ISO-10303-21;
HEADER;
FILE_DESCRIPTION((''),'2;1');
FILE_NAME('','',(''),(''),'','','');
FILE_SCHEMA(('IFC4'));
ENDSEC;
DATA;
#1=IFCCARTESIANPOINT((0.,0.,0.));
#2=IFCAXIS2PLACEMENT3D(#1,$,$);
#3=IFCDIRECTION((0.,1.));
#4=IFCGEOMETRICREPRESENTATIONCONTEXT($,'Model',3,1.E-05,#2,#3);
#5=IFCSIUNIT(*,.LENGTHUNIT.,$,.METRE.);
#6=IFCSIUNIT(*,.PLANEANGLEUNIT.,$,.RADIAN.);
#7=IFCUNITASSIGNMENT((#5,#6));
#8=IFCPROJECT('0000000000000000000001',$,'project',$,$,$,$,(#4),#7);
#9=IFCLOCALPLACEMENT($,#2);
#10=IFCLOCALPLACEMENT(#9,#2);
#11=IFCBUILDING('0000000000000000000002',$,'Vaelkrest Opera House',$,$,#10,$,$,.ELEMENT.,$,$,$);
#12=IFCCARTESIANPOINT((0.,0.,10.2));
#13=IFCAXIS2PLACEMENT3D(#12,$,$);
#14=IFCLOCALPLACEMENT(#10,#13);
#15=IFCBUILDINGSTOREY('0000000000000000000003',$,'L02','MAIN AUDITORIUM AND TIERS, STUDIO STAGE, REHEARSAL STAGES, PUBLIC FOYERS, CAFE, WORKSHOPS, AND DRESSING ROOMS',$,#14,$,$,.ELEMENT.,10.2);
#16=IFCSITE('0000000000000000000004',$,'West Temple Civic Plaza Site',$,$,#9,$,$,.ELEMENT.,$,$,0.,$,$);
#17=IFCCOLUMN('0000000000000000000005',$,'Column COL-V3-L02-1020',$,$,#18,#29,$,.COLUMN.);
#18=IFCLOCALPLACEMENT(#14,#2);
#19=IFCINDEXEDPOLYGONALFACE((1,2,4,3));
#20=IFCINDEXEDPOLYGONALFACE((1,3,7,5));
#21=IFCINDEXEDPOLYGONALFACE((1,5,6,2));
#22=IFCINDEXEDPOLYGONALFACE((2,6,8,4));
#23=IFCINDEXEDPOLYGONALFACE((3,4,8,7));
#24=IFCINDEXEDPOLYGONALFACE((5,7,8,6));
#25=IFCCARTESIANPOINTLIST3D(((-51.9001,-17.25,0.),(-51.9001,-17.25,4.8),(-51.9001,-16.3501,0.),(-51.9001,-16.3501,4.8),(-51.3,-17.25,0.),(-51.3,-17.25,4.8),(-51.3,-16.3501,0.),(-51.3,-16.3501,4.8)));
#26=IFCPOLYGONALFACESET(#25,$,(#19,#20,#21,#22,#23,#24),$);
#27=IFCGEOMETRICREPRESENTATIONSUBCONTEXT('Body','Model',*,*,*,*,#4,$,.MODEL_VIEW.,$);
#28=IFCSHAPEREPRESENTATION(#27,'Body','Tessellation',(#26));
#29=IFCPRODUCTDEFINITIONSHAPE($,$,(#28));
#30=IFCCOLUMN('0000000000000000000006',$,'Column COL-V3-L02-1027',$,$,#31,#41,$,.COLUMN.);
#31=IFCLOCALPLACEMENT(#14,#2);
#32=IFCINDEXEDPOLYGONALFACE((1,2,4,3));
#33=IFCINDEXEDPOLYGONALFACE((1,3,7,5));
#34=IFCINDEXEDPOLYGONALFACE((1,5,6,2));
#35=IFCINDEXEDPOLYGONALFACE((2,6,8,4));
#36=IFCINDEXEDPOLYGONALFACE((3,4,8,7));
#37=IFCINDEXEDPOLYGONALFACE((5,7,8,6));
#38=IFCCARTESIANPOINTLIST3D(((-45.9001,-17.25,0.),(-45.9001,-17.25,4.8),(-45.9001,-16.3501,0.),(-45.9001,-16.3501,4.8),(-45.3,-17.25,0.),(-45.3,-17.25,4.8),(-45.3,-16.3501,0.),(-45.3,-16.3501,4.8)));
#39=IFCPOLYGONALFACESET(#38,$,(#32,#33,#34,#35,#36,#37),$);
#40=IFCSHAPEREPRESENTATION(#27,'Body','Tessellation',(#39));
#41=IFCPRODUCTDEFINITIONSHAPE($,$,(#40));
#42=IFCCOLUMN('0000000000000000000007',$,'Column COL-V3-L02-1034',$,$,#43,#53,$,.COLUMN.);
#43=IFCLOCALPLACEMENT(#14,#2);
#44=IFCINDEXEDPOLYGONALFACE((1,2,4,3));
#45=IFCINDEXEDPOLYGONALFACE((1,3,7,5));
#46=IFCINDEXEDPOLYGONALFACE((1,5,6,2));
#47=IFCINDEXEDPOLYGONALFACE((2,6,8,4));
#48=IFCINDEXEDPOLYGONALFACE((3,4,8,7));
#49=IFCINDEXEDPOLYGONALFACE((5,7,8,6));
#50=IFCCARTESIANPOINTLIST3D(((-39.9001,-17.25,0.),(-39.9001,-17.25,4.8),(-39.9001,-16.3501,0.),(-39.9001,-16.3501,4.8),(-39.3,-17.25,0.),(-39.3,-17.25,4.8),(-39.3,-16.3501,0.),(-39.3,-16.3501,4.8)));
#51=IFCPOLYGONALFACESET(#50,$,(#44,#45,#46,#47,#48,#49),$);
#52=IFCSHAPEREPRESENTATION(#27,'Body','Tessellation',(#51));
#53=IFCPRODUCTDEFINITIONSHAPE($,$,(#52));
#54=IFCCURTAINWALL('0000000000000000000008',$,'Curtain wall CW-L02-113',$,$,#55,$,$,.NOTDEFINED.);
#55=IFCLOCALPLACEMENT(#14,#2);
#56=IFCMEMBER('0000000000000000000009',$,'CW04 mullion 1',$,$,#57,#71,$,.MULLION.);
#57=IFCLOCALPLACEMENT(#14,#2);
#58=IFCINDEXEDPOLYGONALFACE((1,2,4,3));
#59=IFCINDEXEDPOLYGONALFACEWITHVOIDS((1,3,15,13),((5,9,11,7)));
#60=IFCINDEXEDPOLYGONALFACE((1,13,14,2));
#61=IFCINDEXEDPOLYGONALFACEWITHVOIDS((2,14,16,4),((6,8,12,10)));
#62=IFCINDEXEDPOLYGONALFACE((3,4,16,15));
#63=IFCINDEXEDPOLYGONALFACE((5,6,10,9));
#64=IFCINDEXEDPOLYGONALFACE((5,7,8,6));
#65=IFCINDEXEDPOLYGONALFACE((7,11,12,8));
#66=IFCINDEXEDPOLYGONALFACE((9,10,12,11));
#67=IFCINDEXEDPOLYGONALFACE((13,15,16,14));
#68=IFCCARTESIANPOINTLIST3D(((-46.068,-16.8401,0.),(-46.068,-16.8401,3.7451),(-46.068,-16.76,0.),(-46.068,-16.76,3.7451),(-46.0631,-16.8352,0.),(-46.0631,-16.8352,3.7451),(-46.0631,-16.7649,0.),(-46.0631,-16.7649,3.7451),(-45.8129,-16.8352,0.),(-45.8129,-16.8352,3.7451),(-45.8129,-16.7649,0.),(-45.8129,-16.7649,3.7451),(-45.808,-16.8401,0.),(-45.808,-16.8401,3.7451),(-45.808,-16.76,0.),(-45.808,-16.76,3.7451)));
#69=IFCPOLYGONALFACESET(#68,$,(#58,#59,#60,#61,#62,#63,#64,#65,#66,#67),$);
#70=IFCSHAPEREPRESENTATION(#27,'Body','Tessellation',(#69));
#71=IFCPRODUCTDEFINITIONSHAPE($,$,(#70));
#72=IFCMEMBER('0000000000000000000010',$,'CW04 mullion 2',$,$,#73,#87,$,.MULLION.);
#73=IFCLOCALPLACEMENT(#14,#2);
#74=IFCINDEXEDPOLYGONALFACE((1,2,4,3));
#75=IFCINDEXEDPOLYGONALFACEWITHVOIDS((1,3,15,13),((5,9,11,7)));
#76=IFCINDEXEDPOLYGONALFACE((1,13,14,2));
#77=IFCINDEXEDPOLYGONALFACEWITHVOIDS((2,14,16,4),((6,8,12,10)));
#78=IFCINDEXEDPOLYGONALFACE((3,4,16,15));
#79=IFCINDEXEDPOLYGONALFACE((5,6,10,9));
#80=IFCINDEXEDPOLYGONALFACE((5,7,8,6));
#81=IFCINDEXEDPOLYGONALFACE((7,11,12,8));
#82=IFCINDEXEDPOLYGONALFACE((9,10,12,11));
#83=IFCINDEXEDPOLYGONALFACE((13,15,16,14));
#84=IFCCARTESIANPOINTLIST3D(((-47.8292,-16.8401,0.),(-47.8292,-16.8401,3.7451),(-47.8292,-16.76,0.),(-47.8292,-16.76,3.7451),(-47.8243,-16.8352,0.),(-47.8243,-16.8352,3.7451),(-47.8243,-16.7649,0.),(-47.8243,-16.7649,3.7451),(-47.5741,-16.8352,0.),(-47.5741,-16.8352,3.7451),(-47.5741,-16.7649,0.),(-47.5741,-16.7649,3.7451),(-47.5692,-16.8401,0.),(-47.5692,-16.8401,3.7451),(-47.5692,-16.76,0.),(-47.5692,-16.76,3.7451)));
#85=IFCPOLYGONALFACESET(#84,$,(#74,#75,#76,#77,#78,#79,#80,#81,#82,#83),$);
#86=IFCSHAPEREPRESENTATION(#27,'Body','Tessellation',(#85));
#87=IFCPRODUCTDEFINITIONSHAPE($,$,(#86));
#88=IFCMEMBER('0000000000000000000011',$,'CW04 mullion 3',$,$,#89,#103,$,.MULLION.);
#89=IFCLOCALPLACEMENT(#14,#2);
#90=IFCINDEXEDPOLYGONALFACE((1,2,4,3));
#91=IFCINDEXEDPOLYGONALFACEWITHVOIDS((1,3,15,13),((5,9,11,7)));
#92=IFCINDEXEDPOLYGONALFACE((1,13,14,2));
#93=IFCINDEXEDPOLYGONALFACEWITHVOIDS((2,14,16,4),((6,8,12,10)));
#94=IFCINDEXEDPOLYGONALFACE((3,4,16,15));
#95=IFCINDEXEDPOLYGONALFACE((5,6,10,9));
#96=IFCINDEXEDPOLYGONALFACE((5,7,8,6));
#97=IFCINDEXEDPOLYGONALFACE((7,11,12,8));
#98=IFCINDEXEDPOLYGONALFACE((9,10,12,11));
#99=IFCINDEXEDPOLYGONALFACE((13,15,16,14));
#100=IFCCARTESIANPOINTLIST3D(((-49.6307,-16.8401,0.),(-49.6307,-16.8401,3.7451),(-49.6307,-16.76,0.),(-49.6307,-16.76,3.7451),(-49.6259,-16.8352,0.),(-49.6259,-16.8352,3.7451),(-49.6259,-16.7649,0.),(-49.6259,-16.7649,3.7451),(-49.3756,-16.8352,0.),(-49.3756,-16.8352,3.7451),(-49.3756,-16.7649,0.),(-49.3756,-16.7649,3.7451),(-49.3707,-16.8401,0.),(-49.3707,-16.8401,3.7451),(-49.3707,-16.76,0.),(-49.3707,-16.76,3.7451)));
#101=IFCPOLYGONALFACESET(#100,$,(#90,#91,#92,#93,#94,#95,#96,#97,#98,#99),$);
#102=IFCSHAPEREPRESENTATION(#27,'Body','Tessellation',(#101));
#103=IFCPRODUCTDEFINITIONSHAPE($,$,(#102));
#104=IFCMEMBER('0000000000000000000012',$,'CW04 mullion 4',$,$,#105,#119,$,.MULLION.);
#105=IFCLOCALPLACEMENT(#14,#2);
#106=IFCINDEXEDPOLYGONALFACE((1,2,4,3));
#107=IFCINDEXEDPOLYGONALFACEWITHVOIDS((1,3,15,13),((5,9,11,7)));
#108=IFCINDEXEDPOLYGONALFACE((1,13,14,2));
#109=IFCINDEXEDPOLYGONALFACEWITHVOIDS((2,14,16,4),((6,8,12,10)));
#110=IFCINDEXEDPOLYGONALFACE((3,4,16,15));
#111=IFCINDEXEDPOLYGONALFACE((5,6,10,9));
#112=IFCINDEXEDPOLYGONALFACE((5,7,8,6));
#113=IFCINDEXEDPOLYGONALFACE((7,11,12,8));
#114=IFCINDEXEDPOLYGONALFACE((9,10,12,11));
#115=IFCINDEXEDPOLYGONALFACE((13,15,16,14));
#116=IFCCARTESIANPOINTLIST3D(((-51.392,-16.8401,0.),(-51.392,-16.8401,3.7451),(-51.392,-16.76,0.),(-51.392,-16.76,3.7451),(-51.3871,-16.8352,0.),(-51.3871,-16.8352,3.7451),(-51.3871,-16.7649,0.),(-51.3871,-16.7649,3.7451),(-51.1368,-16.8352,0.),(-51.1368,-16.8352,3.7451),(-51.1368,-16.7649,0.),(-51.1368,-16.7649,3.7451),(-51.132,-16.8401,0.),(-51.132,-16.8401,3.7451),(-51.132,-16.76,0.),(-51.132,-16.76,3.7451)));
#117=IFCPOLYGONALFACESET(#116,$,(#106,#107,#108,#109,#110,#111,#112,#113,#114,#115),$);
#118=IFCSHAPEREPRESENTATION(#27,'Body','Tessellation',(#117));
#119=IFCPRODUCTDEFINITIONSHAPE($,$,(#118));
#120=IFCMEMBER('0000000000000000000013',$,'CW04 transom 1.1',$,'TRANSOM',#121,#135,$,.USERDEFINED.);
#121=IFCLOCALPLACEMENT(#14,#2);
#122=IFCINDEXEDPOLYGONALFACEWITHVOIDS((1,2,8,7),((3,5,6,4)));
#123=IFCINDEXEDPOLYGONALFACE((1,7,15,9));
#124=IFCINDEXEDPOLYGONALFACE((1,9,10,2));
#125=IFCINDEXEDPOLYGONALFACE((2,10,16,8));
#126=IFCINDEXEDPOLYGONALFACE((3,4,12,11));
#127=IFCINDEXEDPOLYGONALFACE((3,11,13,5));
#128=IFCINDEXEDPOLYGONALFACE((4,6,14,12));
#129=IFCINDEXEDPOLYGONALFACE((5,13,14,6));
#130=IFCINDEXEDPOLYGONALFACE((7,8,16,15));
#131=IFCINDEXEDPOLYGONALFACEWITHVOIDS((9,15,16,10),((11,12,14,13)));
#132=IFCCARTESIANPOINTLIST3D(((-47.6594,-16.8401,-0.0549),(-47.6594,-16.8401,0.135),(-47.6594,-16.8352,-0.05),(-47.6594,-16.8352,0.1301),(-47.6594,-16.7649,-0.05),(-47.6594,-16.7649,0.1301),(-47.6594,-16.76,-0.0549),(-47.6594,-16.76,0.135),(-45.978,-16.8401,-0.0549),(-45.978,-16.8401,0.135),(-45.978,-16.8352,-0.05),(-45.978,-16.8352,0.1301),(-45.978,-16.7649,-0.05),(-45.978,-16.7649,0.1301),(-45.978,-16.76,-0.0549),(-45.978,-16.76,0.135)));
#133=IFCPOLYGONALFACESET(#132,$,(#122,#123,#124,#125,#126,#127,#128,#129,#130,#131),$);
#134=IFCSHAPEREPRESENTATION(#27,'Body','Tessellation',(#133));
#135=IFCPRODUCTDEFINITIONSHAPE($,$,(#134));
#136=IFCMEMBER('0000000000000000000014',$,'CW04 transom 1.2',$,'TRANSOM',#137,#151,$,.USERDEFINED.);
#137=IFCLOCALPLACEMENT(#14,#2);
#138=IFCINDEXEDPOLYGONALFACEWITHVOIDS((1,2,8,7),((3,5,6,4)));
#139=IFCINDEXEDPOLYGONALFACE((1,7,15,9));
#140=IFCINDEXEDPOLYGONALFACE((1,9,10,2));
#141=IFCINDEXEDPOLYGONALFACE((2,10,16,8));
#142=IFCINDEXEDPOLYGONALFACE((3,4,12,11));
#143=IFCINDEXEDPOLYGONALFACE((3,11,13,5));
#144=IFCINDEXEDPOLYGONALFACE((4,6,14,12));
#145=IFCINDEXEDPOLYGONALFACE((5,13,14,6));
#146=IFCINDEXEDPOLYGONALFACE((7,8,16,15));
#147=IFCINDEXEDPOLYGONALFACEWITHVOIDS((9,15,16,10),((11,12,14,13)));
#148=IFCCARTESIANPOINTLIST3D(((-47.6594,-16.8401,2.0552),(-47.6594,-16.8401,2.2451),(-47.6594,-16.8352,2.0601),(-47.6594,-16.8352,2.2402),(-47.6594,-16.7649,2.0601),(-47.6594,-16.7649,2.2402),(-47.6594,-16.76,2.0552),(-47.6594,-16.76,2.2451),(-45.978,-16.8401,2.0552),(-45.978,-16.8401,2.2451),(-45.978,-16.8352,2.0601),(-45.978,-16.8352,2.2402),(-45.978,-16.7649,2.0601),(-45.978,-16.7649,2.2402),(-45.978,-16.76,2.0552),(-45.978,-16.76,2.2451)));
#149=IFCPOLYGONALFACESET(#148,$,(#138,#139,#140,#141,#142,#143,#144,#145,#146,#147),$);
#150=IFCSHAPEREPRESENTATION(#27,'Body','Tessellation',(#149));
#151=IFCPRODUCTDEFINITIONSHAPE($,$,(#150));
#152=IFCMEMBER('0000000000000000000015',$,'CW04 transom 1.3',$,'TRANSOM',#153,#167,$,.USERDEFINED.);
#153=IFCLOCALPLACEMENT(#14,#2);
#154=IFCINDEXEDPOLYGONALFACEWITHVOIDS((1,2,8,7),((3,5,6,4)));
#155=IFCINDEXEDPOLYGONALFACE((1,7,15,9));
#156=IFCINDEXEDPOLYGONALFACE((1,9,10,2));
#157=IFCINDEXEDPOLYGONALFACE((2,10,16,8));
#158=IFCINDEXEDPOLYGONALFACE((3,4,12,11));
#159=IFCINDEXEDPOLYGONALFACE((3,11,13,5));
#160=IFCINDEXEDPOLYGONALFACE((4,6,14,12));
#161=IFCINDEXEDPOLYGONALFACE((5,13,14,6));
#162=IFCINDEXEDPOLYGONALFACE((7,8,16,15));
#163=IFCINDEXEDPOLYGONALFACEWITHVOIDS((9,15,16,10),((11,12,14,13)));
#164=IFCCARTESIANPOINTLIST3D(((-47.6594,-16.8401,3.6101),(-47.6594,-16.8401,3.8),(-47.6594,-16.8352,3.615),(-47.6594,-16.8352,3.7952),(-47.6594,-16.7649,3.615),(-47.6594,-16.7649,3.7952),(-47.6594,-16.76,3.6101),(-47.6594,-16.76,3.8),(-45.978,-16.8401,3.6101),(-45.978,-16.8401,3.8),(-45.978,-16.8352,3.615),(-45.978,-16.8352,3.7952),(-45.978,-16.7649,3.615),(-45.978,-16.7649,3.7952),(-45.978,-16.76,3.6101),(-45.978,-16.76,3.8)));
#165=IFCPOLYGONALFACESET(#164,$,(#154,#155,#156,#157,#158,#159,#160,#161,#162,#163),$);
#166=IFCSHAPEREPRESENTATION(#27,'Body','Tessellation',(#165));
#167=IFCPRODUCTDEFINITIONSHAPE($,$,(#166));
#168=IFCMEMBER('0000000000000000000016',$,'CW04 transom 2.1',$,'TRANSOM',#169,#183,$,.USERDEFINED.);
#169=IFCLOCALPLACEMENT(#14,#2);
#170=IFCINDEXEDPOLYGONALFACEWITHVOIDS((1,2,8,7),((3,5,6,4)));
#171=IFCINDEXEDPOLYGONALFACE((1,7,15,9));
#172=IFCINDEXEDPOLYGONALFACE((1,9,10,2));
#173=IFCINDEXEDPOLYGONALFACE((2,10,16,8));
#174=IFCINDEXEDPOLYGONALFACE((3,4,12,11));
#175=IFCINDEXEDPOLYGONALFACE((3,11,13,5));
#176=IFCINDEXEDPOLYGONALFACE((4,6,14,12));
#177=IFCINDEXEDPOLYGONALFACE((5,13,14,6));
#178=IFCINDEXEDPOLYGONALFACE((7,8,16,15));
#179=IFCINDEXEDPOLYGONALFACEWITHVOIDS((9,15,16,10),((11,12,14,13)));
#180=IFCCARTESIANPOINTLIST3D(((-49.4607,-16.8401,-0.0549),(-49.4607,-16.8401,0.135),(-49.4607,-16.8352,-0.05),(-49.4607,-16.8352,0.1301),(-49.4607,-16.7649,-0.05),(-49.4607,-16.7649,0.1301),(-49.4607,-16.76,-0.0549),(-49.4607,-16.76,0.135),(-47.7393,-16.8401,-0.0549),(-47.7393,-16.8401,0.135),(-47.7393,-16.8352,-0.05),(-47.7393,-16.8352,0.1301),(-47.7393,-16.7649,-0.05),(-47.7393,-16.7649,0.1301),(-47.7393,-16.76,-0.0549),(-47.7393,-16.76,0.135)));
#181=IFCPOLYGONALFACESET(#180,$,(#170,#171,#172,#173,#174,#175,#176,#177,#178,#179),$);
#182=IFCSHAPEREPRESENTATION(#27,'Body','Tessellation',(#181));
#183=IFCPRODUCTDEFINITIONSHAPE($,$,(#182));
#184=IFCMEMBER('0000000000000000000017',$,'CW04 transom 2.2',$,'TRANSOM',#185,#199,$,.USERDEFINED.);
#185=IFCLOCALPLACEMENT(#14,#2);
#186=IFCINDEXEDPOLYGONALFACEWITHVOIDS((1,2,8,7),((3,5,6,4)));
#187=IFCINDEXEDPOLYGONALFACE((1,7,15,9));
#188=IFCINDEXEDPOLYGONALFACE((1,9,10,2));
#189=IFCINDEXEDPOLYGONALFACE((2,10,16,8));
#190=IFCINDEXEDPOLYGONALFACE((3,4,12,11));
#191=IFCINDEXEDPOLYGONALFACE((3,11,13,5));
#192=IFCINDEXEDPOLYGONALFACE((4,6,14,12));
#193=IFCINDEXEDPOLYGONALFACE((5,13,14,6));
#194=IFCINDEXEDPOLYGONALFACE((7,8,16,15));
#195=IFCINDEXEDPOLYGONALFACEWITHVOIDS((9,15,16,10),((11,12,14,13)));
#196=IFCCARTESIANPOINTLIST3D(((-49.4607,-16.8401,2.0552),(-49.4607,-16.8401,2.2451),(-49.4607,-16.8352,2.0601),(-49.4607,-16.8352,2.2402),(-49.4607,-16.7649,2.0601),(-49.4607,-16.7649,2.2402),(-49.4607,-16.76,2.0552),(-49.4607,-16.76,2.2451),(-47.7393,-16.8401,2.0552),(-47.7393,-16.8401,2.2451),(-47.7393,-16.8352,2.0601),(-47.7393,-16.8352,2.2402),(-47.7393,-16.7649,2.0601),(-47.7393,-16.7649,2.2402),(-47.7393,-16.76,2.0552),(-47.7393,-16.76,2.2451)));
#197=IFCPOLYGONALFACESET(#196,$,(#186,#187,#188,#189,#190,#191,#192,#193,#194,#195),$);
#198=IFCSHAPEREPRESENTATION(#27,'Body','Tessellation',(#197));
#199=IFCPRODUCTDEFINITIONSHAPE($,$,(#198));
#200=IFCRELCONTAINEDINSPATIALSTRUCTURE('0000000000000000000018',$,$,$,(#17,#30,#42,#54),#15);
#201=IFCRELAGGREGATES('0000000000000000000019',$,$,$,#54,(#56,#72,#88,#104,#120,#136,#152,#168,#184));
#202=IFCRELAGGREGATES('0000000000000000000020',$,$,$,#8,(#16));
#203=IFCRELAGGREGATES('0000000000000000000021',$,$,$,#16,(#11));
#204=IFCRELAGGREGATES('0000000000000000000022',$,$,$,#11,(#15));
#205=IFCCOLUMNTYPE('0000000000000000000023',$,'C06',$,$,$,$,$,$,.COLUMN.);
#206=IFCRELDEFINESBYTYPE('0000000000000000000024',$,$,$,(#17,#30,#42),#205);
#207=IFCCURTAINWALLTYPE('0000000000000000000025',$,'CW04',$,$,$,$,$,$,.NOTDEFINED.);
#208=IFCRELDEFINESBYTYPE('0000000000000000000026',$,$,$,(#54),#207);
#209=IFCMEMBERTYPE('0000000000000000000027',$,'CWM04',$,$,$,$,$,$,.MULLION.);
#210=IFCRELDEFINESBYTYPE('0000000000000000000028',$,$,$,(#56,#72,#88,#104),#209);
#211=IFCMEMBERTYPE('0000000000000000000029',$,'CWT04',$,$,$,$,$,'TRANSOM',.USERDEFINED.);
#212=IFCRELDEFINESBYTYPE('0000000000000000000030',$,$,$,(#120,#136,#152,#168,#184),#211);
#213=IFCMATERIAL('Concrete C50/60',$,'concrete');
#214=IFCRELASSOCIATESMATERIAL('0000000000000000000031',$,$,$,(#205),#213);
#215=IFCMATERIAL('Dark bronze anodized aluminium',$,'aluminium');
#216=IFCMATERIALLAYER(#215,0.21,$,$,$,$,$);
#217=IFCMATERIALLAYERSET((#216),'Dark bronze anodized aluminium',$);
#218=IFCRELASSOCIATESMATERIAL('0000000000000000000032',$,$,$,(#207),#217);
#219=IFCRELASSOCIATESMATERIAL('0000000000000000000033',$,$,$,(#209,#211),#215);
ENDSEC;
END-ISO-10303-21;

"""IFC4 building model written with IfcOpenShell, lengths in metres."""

from ifc_helpers import new_model, si_unit, direction, frame, origin, origin_2d, place, context, subcontext, project, spatial, rectangle, hollow_rectangle, extrude, material, layer, layer_set, material_profile, profile_set, type_object, element, aggregate, save


model = new_model("IFC4")

# Units and contexts
model_context = context("Model", 3, precision=1e-05, world=origin(), true_north=direction((0.0, 1.0)))
body_context = subcontext(model_context, "Body", "Model", "MODEL_VIEW")
ifc_project = project(units=[si_unit("LENGTHUNIT", "METRE"), si_unit("PLANEANGLEUNIT", "RADIAN")], contexts=[model_context])

# Site, building, storey
site_placement = place(None, origin())
site = spatial("IfcSite", under=ifc_project, at=site_placement, Name="West Temple Civic Plaza Site", CompositionType="ELEMENT", RefElevation=0.0)
building_placement = place(site_placement, origin())
building = spatial("IfcBuilding", under=site, at=building_placement, Name="Vaelkrest Opera House", CompositionType="ELEMENT")
storey_placement = place(building_placement, frame((0.0, 0.0, 10.2)))
storey = spatial("IfcBuildingStorey", under=building, at=storey_placement, Name="L02", Description="MAIN AUDITORIUM AND TIERS, STUDIO STAGE, REHEARSAL STAGES, PUBLIC FOYERS, CAFE, WORKSHOPS, AND DRESSING ROOMS", CompositionType="ELEMENT", Elevation=10.2)

# Columns
ifc_material_1 = material(Name="Concrete C50/60", Category="concrete")
ifc_material_profile_1 = material_profile(ifc_material_1, rectangle(XDim=0.6001, YDim=0.8999, at=origin_2d()), Name="RC600X900")
ifc_profile_set_1 = profile_set([ifc_material_profile_1], Name="Concrete C50/60")
column_type = type_object("IfcColumnType", Name="C06", PredefinedType="COLUMN", material=ifc_profile_set_1)
for number, where, z_axis, x_axis, name in (
    (1, (-51.6001, -16.8, 0.0), (0.0, 0.0, 1.0), (1.0, 0.0, 0.0), "Column COL-V3-L02-1020"),
    (2, (-45.6001, -16.8, 0.0), (0.0, 0.0, 1.0), (1.0, 0.0, 0.0), "Column COL-V3-L02-1027"),
    (3, (-39.6001, -16.8, 0.0), (0.0, 0.0, 1.0), (1.0, 0.0, 0.0), "Column COL-V3-L02-1034"),
):
    element("IfcColumn", number, at=place(storey_placement, frame(where, z_axis=z_axis, x_axis=x_axis)), inside=storey, type_object=column_type, Name=name, PredefinedType="COLUMN", context=body_context, shape_type="SweptSolid", body=[
        extrude(rectangle(XDim=0.6001, YDim=0.8999, at=origin_2d()), origin(), (0.0, 0.0, 1.0), 4.8),
    ])

# Curtain wall, members
ifc_material_2 = material(Name="Dark bronze anodized aluminium", Category="aluminium")
ifc_layer_1 = layer(ifc_material_2, 0.21)
ifc_layer_set_1 = layer_set([ifc_layer_1], Name="Dark bronze anodized aluminium")
curtain_wall_type = type_object("IfcCurtainWallType", Name="CW04", PredefinedType="NOTDEFINED", material=ifc_layer_set_1)
curtain_wall_placement = place(storey_placement, origin())
curtain_wall = element("IfcCurtainWall", 4, at=curtain_wall_placement, inside=storey, type_object=curtain_wall_type, Name="Curtain wall CW-L02-113", PredefinedType="NOTDEFINED")
ifc_material_profile_2 = material_profile(ifc_material_2, hollow_rectangle(XDim=0.0801, YDim=0.26, WallThickness=0.0049, at=origin_2d()), Name="CWM80X260")
ifc_profile_set_2 = profile_set([ifc_material_profile_2], Name="Dark bronze anodized aluminium")
member_type_1 = type_object("IfcMemberType", Name="CWM04", PredefinedType="MULLION", material=ifc_profile_set_2)
member_1_placement = place(storey_placement, frame((-45.938, -16.8, 0.0), z_axis=(0.0, 0.0, 1.0), x_axis=(0.0, -1.0, 0.0)))
member_1 = element("IfcMember", 5, at=member_1_placement, type_object=member_type_1, Name="CW04 mullion 1", PredefinedType="MULLION", context=body_context, shape_type="SweptSolid", body=[
    extrude(hollow_rectangle(XDim=0.0801, YDim=0.26, WallThickness=0.0049, at=origin_2d()), origin(), (0.0, 0.0, 1.0), 3.7451),
])
member_2_placement = place(storey_placement, frame((-47.6992, -16.8, 0.0), z_axis=(0.0, 0.0, 1.0), x_axis=(0.0, -1.0, 0.0)))
member_2 = element("IfcMember", 6, at=member_2_placement, type_object=member_type_1, Name="CW04 mullion 2", PredefinedType="MULLION", context=body_context, shape_type="SweptSolid", body=[
    extrude(hollow_rectangle(XDim=0.0801, YDim=0.26, WallThickness=0.0049, at=origin_2d()), origin(), (0.0, 0.0, 1.0), 3.7451),
])
member_3_placement = place(storey_placement, frame((-49.5007, -16.8, 0.0), z_axis=(0.0, 0.0, 1.0), x_axis=(0.0, -1.0, 0.0)))
member_3 = element("IfcMember", 7, at=member_3_placement, type_object=member_type_1, Name="CW04 mullion 3", PredefinedType="MULLION", context=body_context, shape_type="SweptSolid", body=[
    extrude(hollow_rectangle(XDim=0.0801, YDim=0.26, WallThickness=0.0049, at=origin_2d()), origin(), (0.0, 0.0, 1.0), 3.7451),
])
member_4_placement = place(storey_placement, frame((-51.262, -16.8, 0.0), z_axis=(0.0, 0.0, 1.0), x_axis=(0.0, -1.0, 0.0)))
member_4 = element("IfcMember", 8, at=member_4_placement, type_object=member_type_1, Name="CW04 mullion 4", PredefinedType="MULLION", context=body_context, shape_type="SweptSolid", body=[
    extrude(hollow_rectangle(XDim=0.0801, YDim=0.26, WallThickness=0.0049, at=origin_2d()), origin(), (0.0, 0.0, 1.0), 3.7451),
])
ifc_material_profile_3 = material_profile(ifc_material_2, hollow_rectangle(XDim=0.0801, YDim=0.1899, WallThickness=0.0049, at=origin_2d()), Name="CWT80X190")
ifc_profile_set_3 = profile_set([ifc_material_profile_3], Name="Dark bronze anodized aluminium")
member_type_2 = type_object("IfcMemberType", Name="CWT04", ElementType="TRANSOM", PredefinedType="USERDEFINED", material=ifc_profile_set_3)
member_5_placement = place(storey_placement, frame((-45.978, -16.8, 0.04), z_axis=(-1.0, 0.0, 0.0), x_axis=(0.0, -1.0, 0.0)))
member_5 = element("IfcMember", 9, at=member_5_placement, type_object=member_type_2, Name="CW04 transom 1.1", ObjectType="TRANSOM", PredefinedType="USERDEFINED", context=body_context, shape_type="SweptSolid", body=[
    extrude(hollow_rectangle(XDim=0.0801, YDim=0.1899, WallThickness=0.0049, at=origin_2d()), origin(), (0.0, 0.0, 1.0), 1.6814),
])
member_6_placement = place(storey_placement, frame((-45.978, -16.8, 2.1501), z_axis=(-1.0, 0.0, 0.0), x_axis=(0.0, -1.0, 0.0)))
member_6 = element("IfcMember", 10, at=member_6_placement, type_object=member_type_2, Name="CW04 transom 1.2", ObjectType="TRANSOM", PredefinedType="USERDEFINED", context=body_context, shape_type="SweptSolid", body=[
    extrude(hollow_rectangle(XDim=0.0801, YDim=0.1899, WallThickness=0.0049, at=origin_2d()), origin(), (0.0, 0.0, 1.0), 1.6814),
])
member_7_placement = place(storey_placement, frame((-45.978, -16.8, 3.7051), z_axis=(-1.0, 0.0, 0.0), x_axis=(0.0, -1.0, 0.0)))
member_7 = element("IfcMember", 11, at=member_7_placement, type_object=member_type_2, Name="CW04 transom 1.3", ObjectType="TRANSOM", PredefinedType="USERDEFINED", context=body_context, shape_type="SweptSolid", body=[
    extrude(hollow_rectangle(XDim=0.0801, YDim=0.1899, WallThickness=0.0049, at=origin_2d()), origin(), (0.0, 0.0, 1.0), 1.6814),
])
member_8_placement = place(storey_placement, frame((-47.7393, -16.8, 0.04), z_axis=(-1.0, 0.0, 0.0), x_axis=(0.0, -1.0, 0.0)))
member_8 = element("IfcMember", 12, at=member_8_placement, type_object=member_type_2, Name="CW04 transom 2.1", ObjectType="TRANSOM", PredefinedType="USERDEFINED", context=body_context, shape_type="SweptSolid", body=[
    extrude(hollow_rectangle(XDim=0.0801, YDim=0.1899, WallThickness=0.0049, at=origin_2d()), origin(), (0.0, 0.0, 1.0), 1.7214),
])
member_9_placement = place(storey_placement, frame((-47.7393, -16.8, 2.1501), z_axis=(-1.0, 0.0, 0.0), x_axis=(0.0, -1.0, 0.0)))
member_9 = element("IfcMember", 13, at=member_9_placement, type_object=member_type_2, Name="CW04 transom 2.2", ObjectType="TRANSOM", PredefinedType="USERDEFINED", context=body_context, shape_type="SweptSolid", body=[
    extrude(hollow_rectangle(XDim=0.0801, YDim=0.1899, WallThickness=0.0049, at=origin_2d()), origin(), (0.0, 0.0, 1.0), 1.7214),
])

aggregate(curtain_wall, [member_1, member_2, member_3, member_4, member_5, member_6, member_7, member_8, member_9])

save(model, "model.ifc")
